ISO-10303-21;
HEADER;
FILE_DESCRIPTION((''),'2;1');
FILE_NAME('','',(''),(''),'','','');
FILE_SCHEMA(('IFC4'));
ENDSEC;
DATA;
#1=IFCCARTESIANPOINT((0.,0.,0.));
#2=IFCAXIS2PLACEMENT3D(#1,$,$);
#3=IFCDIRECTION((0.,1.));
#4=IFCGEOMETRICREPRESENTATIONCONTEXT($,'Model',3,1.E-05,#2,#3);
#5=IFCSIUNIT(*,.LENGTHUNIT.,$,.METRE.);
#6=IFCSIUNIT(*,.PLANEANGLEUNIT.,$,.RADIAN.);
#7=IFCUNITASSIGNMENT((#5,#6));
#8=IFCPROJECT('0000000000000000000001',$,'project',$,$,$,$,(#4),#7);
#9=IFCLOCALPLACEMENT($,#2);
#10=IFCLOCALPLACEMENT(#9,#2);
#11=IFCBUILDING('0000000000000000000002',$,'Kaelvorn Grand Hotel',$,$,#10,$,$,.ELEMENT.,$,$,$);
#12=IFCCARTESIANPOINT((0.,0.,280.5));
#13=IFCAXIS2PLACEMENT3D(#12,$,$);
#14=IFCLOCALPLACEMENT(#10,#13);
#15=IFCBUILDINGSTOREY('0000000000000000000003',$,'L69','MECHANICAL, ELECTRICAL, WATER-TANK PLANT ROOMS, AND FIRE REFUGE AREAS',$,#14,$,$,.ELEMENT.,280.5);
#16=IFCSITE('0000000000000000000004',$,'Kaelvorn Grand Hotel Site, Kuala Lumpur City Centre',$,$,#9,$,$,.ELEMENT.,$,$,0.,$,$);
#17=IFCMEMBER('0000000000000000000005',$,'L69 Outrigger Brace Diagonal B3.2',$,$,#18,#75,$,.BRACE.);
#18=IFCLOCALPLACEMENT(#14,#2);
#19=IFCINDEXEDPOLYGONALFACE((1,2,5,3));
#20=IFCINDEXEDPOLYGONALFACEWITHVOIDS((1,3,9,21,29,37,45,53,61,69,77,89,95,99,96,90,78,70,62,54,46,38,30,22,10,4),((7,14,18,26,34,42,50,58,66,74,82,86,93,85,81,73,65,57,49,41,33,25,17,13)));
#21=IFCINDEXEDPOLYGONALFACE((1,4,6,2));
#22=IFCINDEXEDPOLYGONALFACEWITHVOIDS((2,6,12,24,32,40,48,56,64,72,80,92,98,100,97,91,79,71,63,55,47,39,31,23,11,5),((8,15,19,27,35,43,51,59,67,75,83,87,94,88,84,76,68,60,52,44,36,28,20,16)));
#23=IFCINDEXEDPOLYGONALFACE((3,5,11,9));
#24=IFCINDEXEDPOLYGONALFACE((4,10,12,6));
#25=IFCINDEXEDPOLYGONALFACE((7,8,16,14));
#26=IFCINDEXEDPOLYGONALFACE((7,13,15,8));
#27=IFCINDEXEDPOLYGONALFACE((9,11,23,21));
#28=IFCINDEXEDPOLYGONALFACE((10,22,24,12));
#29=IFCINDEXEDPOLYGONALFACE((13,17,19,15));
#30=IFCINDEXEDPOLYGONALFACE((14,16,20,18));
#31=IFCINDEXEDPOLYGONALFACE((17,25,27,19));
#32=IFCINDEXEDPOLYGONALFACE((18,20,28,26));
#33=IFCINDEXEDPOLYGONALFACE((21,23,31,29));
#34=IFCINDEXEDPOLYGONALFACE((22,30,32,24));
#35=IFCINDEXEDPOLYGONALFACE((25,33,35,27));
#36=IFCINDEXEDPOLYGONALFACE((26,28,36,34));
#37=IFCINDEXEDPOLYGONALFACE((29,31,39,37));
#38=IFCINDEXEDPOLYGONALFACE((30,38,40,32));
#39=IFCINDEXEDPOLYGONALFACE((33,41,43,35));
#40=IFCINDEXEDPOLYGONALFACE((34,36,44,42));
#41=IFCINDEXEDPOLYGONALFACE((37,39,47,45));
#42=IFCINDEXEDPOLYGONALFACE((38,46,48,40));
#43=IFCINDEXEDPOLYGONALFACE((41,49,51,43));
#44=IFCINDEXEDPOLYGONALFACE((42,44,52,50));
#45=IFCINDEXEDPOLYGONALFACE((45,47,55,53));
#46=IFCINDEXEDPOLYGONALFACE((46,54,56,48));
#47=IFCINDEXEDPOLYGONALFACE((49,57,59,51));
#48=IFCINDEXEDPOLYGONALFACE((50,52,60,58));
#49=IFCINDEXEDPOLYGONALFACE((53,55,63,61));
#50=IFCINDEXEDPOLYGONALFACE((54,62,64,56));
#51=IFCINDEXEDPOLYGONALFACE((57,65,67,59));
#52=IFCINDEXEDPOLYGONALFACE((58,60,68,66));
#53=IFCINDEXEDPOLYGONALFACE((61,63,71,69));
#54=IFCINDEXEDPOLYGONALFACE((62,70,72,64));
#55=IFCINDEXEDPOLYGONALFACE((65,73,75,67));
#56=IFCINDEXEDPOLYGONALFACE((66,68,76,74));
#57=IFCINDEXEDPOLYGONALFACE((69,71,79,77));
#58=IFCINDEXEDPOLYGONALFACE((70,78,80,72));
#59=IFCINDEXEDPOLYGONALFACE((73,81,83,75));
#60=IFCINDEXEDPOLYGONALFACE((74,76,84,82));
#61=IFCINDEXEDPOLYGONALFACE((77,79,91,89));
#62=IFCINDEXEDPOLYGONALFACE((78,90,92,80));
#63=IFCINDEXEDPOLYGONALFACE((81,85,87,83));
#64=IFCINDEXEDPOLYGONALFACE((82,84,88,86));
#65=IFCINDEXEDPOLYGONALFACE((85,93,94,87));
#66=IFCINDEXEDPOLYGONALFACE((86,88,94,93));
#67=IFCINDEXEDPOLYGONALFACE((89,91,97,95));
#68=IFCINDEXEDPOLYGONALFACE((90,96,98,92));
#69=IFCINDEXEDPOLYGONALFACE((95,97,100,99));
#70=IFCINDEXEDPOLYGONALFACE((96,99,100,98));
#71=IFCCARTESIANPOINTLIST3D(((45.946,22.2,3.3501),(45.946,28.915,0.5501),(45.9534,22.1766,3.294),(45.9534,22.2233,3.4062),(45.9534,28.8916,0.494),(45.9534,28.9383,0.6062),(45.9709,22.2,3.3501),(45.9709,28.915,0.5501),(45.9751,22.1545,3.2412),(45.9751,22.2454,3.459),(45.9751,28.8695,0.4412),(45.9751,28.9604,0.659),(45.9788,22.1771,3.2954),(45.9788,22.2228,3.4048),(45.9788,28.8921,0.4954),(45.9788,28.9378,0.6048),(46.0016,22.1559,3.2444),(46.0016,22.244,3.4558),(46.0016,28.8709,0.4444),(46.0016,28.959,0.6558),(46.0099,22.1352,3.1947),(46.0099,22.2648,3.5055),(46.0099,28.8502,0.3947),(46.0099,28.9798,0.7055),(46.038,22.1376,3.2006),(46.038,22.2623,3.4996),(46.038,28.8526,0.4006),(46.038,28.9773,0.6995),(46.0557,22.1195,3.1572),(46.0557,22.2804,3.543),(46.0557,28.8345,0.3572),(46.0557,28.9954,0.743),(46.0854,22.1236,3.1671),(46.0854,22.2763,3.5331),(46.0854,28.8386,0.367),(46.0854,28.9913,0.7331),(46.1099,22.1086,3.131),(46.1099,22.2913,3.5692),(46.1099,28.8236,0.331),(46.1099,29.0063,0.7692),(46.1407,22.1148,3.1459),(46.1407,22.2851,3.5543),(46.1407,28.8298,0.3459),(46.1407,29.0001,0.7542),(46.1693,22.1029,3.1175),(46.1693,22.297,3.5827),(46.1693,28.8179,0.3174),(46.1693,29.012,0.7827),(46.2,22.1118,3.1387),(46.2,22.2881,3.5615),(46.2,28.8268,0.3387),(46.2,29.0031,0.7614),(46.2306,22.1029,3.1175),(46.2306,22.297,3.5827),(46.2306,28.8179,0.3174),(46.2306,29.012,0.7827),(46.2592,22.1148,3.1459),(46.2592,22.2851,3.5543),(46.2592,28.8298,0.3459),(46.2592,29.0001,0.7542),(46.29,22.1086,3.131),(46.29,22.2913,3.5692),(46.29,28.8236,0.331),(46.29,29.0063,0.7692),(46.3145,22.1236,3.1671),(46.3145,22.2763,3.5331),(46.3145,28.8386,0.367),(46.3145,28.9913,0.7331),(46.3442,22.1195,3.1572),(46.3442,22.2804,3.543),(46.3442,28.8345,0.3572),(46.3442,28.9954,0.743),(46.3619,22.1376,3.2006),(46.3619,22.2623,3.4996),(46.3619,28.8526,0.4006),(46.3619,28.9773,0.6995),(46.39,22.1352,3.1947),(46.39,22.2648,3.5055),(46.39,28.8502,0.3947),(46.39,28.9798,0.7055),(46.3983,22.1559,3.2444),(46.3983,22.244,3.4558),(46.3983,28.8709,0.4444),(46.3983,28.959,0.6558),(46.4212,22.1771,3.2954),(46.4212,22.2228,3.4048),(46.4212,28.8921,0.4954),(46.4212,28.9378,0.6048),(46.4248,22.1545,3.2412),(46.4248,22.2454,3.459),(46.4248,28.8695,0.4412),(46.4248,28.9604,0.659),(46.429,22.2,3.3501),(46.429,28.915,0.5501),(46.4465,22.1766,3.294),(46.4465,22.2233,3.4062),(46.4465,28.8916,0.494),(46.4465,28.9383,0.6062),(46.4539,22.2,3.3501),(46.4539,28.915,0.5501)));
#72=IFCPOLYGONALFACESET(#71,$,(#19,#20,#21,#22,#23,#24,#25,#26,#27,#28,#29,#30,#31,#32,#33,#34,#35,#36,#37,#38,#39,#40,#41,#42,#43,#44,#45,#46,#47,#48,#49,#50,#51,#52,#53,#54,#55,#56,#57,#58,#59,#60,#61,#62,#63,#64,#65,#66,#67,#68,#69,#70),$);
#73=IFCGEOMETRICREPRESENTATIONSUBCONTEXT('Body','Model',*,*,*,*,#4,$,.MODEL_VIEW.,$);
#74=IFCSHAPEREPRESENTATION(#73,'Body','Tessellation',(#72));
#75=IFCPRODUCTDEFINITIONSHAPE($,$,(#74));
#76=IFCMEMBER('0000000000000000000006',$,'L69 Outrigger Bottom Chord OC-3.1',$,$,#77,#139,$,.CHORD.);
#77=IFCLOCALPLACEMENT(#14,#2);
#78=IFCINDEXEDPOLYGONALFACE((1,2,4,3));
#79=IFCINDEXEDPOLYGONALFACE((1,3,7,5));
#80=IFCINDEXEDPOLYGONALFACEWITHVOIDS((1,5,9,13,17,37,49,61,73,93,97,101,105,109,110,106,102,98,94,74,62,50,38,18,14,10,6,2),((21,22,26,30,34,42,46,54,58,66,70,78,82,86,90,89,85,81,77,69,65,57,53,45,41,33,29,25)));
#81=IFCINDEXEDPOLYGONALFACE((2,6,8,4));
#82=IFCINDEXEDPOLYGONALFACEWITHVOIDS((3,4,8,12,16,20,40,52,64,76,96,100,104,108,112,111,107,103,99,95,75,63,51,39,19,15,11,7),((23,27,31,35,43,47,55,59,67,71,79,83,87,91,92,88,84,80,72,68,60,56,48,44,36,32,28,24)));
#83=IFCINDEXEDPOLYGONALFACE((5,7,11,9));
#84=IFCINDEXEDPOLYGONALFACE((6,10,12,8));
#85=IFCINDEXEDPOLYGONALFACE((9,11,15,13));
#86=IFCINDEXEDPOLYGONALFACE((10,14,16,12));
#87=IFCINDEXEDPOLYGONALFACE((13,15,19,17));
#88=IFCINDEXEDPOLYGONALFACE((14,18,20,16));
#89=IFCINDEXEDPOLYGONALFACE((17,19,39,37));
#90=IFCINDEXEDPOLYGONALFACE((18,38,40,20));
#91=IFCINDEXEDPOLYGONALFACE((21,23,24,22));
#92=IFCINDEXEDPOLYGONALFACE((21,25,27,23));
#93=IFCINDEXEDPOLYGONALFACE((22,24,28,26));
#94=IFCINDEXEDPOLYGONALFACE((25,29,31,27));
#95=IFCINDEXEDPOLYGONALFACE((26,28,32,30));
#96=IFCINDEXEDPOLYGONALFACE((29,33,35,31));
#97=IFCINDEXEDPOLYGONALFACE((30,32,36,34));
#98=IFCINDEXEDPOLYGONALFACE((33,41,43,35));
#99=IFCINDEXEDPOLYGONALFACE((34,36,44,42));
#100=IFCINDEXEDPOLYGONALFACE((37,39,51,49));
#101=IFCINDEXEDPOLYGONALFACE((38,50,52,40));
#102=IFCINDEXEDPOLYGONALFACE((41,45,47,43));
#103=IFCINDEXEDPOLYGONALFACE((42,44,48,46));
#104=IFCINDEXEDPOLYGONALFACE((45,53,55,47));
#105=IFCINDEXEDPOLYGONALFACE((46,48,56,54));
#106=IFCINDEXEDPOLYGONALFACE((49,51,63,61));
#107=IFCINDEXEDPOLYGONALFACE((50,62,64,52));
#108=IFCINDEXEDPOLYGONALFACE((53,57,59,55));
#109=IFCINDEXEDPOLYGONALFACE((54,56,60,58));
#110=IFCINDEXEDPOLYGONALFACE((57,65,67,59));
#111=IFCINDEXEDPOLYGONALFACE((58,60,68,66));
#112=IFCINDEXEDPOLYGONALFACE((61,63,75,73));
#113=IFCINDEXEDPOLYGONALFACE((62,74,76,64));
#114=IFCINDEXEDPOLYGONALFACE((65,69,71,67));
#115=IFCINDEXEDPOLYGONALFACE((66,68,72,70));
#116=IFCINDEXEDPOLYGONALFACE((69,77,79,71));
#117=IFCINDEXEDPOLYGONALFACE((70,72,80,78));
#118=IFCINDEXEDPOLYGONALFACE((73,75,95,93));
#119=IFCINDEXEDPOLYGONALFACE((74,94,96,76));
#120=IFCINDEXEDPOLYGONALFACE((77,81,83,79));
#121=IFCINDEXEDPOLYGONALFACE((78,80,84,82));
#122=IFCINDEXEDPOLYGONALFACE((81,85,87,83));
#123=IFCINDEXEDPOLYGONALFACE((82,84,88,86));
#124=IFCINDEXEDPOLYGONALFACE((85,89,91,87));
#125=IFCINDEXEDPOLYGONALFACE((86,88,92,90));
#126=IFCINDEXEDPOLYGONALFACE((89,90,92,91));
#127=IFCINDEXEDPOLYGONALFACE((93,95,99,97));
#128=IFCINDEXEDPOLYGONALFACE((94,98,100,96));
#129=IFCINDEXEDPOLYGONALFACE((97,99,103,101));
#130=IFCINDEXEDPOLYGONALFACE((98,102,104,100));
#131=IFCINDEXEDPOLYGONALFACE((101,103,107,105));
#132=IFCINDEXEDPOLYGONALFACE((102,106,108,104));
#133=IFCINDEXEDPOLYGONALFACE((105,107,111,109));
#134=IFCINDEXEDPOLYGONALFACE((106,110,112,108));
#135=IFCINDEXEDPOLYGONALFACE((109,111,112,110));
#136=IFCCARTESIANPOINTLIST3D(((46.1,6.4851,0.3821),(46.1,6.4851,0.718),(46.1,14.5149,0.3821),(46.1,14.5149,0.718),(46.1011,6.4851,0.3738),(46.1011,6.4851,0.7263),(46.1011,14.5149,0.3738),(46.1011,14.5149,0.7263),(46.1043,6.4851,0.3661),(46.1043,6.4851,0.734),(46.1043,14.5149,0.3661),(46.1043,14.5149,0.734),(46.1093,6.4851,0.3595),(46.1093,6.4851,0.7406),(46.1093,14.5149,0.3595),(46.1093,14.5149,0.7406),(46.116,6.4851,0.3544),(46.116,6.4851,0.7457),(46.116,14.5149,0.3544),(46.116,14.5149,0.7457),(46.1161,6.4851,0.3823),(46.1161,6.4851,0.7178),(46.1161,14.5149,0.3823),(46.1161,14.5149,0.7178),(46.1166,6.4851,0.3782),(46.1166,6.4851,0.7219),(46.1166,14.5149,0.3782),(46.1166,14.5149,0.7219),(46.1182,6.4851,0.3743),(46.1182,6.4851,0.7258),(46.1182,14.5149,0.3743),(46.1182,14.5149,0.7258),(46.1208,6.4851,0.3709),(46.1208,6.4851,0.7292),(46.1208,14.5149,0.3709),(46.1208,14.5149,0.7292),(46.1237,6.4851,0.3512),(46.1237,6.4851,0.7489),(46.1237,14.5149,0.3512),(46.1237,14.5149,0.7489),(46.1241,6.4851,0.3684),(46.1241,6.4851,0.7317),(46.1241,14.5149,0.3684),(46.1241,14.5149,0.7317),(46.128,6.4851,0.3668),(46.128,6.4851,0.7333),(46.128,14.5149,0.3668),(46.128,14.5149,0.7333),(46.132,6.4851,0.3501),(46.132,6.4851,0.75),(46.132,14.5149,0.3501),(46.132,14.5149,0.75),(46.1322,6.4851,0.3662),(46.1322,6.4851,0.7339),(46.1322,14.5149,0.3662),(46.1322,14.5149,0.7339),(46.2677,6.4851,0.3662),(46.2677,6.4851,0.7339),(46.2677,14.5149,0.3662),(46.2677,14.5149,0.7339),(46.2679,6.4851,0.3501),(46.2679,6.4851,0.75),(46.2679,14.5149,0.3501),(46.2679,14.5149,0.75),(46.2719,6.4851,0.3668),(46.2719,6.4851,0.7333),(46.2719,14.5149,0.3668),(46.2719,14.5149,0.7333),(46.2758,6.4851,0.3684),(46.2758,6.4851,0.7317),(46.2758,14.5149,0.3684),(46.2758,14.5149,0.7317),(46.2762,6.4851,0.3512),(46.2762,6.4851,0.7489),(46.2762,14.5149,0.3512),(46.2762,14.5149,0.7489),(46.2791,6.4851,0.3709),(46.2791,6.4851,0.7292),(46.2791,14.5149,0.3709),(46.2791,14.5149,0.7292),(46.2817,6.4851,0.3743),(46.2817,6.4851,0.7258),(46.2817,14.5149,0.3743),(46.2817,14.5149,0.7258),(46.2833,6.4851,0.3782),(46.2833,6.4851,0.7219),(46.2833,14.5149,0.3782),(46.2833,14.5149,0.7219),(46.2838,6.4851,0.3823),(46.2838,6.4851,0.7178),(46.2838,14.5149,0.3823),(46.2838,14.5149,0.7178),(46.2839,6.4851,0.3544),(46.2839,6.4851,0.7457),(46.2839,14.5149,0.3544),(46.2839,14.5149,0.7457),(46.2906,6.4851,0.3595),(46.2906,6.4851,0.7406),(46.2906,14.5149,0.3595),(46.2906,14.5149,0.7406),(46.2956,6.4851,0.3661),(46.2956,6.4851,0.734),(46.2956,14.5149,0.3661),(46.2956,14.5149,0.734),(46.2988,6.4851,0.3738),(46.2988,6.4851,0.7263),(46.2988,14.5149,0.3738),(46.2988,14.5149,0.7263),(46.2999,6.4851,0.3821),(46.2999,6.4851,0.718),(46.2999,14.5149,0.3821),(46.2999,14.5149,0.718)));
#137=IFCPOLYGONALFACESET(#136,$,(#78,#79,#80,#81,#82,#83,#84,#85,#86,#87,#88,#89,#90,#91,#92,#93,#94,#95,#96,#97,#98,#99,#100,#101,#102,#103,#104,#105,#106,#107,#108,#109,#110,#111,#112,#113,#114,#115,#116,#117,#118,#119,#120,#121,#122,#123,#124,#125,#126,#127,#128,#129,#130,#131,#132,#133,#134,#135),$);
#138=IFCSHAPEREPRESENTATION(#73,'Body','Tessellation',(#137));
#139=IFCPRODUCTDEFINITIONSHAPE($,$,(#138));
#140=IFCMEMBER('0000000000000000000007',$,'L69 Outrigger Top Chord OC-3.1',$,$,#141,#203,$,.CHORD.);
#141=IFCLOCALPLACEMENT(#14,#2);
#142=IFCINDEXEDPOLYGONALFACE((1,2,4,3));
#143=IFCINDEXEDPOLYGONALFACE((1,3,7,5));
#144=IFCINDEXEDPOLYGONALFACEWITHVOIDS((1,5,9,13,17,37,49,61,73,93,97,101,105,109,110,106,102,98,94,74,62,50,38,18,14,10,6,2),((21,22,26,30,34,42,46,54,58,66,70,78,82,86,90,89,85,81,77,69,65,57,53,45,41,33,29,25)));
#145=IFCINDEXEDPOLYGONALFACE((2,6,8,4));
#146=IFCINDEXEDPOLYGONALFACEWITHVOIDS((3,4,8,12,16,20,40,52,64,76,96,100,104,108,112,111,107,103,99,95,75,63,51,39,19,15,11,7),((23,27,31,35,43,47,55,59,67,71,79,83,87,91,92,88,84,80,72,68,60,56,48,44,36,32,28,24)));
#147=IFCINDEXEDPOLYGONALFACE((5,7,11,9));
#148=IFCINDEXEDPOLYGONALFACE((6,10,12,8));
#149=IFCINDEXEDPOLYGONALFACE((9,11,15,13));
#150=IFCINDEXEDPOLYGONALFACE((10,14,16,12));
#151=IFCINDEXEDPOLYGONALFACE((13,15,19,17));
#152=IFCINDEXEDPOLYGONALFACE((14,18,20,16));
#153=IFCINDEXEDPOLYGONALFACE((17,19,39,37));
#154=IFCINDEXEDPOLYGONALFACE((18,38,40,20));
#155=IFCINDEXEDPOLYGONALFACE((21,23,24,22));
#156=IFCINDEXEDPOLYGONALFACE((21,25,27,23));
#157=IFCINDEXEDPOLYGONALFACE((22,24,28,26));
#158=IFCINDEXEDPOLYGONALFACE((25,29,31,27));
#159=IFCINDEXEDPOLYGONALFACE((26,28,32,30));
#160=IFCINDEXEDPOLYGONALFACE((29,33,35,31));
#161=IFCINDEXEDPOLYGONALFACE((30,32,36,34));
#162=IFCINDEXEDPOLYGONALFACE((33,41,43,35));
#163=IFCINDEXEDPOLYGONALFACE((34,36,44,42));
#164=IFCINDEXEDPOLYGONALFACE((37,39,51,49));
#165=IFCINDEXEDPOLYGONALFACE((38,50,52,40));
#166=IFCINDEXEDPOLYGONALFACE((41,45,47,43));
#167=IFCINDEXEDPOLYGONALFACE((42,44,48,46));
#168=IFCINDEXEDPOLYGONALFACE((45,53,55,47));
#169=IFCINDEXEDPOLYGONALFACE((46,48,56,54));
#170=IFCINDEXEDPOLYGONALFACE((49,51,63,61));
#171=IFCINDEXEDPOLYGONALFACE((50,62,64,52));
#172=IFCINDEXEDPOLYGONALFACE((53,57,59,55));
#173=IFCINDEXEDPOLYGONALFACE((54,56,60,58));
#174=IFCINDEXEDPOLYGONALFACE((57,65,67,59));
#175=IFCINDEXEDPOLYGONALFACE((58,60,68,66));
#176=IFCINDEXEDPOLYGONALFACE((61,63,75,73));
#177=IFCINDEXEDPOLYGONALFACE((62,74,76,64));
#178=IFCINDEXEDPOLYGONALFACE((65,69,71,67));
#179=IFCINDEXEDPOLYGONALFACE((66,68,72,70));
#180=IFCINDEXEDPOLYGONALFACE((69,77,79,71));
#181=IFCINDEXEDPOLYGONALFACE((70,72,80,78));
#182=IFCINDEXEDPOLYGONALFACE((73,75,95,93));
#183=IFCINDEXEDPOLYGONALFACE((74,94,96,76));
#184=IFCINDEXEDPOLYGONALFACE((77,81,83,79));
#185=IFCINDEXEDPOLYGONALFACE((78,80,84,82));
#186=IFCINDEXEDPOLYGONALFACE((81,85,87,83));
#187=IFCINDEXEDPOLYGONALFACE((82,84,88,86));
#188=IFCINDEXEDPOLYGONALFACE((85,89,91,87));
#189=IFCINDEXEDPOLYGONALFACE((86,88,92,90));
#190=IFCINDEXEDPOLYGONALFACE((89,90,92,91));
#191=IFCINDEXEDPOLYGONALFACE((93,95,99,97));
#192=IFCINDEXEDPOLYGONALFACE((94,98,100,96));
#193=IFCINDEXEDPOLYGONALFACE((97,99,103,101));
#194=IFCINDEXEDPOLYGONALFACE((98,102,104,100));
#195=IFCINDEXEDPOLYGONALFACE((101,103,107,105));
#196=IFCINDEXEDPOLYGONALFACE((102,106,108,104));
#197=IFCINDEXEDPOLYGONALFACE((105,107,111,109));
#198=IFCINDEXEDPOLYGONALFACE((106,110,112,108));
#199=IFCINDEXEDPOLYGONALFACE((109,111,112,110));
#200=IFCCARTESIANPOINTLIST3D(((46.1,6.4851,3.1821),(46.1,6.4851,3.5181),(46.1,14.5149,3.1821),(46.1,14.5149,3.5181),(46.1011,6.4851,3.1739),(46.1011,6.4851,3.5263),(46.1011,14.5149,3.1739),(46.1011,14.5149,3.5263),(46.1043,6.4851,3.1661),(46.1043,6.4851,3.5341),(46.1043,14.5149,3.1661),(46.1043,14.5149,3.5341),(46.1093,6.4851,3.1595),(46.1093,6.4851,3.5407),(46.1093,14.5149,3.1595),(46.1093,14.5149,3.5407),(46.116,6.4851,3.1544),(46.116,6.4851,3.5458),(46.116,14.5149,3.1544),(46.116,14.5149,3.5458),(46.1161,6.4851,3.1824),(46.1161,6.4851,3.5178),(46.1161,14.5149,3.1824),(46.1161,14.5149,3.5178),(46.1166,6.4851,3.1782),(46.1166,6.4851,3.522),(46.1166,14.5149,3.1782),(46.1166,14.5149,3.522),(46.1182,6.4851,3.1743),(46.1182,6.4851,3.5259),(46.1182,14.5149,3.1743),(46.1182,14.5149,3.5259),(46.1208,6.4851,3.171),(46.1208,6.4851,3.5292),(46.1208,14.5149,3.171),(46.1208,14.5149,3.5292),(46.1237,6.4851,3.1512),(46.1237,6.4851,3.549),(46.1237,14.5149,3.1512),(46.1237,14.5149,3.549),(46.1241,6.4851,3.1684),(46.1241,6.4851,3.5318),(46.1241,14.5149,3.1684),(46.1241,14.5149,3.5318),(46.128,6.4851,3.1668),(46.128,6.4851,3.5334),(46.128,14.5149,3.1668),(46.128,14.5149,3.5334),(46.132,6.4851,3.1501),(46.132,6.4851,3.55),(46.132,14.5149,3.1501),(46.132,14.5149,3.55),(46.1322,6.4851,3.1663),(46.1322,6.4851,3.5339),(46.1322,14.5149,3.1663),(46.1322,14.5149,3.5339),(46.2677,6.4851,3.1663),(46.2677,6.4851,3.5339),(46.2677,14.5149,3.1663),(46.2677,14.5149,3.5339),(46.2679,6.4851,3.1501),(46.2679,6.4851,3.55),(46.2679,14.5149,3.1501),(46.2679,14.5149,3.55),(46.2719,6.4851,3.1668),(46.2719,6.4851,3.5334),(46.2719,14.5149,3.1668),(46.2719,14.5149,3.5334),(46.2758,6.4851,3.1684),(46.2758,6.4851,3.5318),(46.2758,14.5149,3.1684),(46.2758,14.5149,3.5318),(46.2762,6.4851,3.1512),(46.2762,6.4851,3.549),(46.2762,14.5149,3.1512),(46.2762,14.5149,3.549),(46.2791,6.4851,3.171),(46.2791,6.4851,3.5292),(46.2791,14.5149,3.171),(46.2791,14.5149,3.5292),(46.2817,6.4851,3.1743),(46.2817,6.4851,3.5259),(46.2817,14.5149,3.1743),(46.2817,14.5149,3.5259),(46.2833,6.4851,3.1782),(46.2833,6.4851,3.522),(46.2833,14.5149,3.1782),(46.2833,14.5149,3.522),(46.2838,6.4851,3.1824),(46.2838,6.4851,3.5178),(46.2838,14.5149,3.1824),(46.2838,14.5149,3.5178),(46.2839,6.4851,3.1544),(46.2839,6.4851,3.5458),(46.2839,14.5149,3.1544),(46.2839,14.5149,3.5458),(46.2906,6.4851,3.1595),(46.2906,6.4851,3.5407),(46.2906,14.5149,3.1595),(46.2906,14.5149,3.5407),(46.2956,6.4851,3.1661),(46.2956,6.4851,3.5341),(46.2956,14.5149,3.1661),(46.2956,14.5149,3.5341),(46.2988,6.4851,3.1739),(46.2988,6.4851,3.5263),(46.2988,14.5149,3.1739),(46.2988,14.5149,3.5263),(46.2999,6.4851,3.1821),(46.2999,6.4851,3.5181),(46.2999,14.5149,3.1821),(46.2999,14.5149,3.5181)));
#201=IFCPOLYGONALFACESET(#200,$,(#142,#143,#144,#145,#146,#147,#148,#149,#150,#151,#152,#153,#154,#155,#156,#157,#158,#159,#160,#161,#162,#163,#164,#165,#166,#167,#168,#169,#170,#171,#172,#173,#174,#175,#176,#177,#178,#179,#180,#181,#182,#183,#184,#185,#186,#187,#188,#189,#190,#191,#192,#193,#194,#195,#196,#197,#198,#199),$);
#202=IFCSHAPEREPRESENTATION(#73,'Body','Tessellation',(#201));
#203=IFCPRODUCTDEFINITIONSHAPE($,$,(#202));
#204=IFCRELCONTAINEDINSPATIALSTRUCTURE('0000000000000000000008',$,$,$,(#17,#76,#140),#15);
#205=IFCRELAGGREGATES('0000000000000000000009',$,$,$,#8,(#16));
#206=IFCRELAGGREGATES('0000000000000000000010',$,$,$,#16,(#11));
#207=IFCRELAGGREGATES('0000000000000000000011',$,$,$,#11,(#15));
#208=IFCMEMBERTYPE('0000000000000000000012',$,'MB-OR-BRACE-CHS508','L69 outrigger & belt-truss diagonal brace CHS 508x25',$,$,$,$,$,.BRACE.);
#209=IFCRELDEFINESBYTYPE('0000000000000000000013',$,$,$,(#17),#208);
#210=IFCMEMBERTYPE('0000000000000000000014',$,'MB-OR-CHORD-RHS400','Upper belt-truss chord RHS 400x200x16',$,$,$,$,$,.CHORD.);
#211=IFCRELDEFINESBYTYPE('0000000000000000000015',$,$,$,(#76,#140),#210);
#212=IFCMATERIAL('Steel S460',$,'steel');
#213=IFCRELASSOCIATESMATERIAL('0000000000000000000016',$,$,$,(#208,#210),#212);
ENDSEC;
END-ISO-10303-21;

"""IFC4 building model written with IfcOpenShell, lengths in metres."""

from ifc_helpers import new_model, si_unit, direction, frame, origin, origin_2d, place, context, subcontext, project, spatial, hollow_rectangle, hollow_circle, extrude, material, material_profile, profile_set, type_object, element, save


model = new_model("IFC4")

# Units and contexts
model_context = context("Model", 3, precision=1e-05, world=origin(), true_north=direction((0.0, 1.0)))
body_context = subcontext(model_context, "Body", "Model", "MODEL_VIEW")
ifc_project = project(units=[si_unit("LENGTHUNIT", "METRE"), si_unit("PLANEANGLEUNIT", "RADIAN")], contexts=[model_context])

# Site, building, storey
site_placement = place(None, origin())
site = spatial("IfcSite", under=ifc_project, at=site_placement, Name="Kaelvorn Grand Hotel Site, Kuala Lumpur City Centre", CompositionType="ELEMENT", RefElevation=0.0)
building_placement = place(site_placement, origin())
building = spatial("IfcBuilding", under=site, at=building_placement, Name="Kaelvorn Grand Hotel", CompositionType="ELEMENT")
storey_placement = place(building_placement, frame((0.0, 0.0, 280.5)))
storey = spatial("IfcBuildingStorey", under=building, at=storey_placement, Name="L69", Description="MECHANICAL, ELECTRICAL, WATER-TANK PLANT ROOMS, AND FIRE REFUGE AREAS", CompositionType="ELEMENT", Elevation=280.5)

# Shared definitions
ifc_material_1 = material(Name="Steel S460", Category="steel")

# Members
ifc_material_profile_1 = material_profile(ifc_material_1, hollow_circle(Radius=0.2539, WallThickness=0.0249, at=origin_2d()), Name="CHS 508.0x25.0")
ifc_profile_set_1 = profile_set([ifc_material_profile_1], Name="Steel S460")
member_type_1 = type_object("IfcMemberType", Name="MB-OR-BRACE-CHS508", Description="L69 outrigger & belt-truss diagonal brace CHS 508x25", PredefinedType="BRACE", material=ifc_profile_set_1)
member_1_placement = place(storey_placement, frame((46.2, 22.2, 3.3501), z_axis=(0.0, 0.922975, -0.384861), x_axis=(-1.0, 0.0, 0.0)))
element("IfcMember", 1, at=member_1_placement, inside=storey, type_object=member_type_1, Name="L69 Outrigger Brace Diagonal B3.2", PredefinedType="BRACE", context=body_context, shape_type="SweptSolid", body=[
    extrude(hollow_circle(Radius=0.2539, WallThickness=0.0249, at=origin_2d()), origin(), (0.0, 0.0, 1.0), 7.2754),
])
ifc_material_profile_2 = material_profile(ifc_material_1, hollow_rectangle(XDim=0.2, YDim=0.3999, WallThickness=0.0161, InnerFilletRadius=0.0161, OuterFilletRadius=0.032, at=origin_2d()), Name="RHS 400x200x16.0")
ifc_profile_set_2 = profile_set([ifc_material_profile_2], Name="Steel S460")
member_type_2 = type_object("IfcMemberType", Name="MB-OR-CHORD-RHS400", Description="Upper belt-truss chord RHS 400x200x16", PredefinedType="CHORD", material=ifc_profile_set_2)
for number, where, z_axis, x_axis, name in (
    (2, (46.2, 6.4851, 0.55), (0.0, 1.0, 0.0), (-1.0, 0.0, 0.0), "L69 Outrigger Bottom Chord OC-3.1"),
    (3, (46.2, 6.4851, 3.3501), (0.0, 1.0, 0.0), (-1.0, 0.0, 0.0), "L69 Outrigger Top Chord OC-3.1"),
):
    element("IfcMember", number, at=place(storey_placement, frame(where, z_axis=z_axis, x_axis=x_axis)), inside=storey, type_object=member_type_2, Name=name, PredefinedType="CHORD", context=body_context, shape_type="SweptSolid", body=[
        extrude(hollow_rectangle(XDim=0.2, YDim=0.3999, WallThickness=0.0161, InnerFilletRadius=0.0161, OuterFilletRadius=0.032, at=origin_2d()), origin(), (0.0, 0.0, 1.0), 8.0298),
    ])

save(model, "model.ifc")
